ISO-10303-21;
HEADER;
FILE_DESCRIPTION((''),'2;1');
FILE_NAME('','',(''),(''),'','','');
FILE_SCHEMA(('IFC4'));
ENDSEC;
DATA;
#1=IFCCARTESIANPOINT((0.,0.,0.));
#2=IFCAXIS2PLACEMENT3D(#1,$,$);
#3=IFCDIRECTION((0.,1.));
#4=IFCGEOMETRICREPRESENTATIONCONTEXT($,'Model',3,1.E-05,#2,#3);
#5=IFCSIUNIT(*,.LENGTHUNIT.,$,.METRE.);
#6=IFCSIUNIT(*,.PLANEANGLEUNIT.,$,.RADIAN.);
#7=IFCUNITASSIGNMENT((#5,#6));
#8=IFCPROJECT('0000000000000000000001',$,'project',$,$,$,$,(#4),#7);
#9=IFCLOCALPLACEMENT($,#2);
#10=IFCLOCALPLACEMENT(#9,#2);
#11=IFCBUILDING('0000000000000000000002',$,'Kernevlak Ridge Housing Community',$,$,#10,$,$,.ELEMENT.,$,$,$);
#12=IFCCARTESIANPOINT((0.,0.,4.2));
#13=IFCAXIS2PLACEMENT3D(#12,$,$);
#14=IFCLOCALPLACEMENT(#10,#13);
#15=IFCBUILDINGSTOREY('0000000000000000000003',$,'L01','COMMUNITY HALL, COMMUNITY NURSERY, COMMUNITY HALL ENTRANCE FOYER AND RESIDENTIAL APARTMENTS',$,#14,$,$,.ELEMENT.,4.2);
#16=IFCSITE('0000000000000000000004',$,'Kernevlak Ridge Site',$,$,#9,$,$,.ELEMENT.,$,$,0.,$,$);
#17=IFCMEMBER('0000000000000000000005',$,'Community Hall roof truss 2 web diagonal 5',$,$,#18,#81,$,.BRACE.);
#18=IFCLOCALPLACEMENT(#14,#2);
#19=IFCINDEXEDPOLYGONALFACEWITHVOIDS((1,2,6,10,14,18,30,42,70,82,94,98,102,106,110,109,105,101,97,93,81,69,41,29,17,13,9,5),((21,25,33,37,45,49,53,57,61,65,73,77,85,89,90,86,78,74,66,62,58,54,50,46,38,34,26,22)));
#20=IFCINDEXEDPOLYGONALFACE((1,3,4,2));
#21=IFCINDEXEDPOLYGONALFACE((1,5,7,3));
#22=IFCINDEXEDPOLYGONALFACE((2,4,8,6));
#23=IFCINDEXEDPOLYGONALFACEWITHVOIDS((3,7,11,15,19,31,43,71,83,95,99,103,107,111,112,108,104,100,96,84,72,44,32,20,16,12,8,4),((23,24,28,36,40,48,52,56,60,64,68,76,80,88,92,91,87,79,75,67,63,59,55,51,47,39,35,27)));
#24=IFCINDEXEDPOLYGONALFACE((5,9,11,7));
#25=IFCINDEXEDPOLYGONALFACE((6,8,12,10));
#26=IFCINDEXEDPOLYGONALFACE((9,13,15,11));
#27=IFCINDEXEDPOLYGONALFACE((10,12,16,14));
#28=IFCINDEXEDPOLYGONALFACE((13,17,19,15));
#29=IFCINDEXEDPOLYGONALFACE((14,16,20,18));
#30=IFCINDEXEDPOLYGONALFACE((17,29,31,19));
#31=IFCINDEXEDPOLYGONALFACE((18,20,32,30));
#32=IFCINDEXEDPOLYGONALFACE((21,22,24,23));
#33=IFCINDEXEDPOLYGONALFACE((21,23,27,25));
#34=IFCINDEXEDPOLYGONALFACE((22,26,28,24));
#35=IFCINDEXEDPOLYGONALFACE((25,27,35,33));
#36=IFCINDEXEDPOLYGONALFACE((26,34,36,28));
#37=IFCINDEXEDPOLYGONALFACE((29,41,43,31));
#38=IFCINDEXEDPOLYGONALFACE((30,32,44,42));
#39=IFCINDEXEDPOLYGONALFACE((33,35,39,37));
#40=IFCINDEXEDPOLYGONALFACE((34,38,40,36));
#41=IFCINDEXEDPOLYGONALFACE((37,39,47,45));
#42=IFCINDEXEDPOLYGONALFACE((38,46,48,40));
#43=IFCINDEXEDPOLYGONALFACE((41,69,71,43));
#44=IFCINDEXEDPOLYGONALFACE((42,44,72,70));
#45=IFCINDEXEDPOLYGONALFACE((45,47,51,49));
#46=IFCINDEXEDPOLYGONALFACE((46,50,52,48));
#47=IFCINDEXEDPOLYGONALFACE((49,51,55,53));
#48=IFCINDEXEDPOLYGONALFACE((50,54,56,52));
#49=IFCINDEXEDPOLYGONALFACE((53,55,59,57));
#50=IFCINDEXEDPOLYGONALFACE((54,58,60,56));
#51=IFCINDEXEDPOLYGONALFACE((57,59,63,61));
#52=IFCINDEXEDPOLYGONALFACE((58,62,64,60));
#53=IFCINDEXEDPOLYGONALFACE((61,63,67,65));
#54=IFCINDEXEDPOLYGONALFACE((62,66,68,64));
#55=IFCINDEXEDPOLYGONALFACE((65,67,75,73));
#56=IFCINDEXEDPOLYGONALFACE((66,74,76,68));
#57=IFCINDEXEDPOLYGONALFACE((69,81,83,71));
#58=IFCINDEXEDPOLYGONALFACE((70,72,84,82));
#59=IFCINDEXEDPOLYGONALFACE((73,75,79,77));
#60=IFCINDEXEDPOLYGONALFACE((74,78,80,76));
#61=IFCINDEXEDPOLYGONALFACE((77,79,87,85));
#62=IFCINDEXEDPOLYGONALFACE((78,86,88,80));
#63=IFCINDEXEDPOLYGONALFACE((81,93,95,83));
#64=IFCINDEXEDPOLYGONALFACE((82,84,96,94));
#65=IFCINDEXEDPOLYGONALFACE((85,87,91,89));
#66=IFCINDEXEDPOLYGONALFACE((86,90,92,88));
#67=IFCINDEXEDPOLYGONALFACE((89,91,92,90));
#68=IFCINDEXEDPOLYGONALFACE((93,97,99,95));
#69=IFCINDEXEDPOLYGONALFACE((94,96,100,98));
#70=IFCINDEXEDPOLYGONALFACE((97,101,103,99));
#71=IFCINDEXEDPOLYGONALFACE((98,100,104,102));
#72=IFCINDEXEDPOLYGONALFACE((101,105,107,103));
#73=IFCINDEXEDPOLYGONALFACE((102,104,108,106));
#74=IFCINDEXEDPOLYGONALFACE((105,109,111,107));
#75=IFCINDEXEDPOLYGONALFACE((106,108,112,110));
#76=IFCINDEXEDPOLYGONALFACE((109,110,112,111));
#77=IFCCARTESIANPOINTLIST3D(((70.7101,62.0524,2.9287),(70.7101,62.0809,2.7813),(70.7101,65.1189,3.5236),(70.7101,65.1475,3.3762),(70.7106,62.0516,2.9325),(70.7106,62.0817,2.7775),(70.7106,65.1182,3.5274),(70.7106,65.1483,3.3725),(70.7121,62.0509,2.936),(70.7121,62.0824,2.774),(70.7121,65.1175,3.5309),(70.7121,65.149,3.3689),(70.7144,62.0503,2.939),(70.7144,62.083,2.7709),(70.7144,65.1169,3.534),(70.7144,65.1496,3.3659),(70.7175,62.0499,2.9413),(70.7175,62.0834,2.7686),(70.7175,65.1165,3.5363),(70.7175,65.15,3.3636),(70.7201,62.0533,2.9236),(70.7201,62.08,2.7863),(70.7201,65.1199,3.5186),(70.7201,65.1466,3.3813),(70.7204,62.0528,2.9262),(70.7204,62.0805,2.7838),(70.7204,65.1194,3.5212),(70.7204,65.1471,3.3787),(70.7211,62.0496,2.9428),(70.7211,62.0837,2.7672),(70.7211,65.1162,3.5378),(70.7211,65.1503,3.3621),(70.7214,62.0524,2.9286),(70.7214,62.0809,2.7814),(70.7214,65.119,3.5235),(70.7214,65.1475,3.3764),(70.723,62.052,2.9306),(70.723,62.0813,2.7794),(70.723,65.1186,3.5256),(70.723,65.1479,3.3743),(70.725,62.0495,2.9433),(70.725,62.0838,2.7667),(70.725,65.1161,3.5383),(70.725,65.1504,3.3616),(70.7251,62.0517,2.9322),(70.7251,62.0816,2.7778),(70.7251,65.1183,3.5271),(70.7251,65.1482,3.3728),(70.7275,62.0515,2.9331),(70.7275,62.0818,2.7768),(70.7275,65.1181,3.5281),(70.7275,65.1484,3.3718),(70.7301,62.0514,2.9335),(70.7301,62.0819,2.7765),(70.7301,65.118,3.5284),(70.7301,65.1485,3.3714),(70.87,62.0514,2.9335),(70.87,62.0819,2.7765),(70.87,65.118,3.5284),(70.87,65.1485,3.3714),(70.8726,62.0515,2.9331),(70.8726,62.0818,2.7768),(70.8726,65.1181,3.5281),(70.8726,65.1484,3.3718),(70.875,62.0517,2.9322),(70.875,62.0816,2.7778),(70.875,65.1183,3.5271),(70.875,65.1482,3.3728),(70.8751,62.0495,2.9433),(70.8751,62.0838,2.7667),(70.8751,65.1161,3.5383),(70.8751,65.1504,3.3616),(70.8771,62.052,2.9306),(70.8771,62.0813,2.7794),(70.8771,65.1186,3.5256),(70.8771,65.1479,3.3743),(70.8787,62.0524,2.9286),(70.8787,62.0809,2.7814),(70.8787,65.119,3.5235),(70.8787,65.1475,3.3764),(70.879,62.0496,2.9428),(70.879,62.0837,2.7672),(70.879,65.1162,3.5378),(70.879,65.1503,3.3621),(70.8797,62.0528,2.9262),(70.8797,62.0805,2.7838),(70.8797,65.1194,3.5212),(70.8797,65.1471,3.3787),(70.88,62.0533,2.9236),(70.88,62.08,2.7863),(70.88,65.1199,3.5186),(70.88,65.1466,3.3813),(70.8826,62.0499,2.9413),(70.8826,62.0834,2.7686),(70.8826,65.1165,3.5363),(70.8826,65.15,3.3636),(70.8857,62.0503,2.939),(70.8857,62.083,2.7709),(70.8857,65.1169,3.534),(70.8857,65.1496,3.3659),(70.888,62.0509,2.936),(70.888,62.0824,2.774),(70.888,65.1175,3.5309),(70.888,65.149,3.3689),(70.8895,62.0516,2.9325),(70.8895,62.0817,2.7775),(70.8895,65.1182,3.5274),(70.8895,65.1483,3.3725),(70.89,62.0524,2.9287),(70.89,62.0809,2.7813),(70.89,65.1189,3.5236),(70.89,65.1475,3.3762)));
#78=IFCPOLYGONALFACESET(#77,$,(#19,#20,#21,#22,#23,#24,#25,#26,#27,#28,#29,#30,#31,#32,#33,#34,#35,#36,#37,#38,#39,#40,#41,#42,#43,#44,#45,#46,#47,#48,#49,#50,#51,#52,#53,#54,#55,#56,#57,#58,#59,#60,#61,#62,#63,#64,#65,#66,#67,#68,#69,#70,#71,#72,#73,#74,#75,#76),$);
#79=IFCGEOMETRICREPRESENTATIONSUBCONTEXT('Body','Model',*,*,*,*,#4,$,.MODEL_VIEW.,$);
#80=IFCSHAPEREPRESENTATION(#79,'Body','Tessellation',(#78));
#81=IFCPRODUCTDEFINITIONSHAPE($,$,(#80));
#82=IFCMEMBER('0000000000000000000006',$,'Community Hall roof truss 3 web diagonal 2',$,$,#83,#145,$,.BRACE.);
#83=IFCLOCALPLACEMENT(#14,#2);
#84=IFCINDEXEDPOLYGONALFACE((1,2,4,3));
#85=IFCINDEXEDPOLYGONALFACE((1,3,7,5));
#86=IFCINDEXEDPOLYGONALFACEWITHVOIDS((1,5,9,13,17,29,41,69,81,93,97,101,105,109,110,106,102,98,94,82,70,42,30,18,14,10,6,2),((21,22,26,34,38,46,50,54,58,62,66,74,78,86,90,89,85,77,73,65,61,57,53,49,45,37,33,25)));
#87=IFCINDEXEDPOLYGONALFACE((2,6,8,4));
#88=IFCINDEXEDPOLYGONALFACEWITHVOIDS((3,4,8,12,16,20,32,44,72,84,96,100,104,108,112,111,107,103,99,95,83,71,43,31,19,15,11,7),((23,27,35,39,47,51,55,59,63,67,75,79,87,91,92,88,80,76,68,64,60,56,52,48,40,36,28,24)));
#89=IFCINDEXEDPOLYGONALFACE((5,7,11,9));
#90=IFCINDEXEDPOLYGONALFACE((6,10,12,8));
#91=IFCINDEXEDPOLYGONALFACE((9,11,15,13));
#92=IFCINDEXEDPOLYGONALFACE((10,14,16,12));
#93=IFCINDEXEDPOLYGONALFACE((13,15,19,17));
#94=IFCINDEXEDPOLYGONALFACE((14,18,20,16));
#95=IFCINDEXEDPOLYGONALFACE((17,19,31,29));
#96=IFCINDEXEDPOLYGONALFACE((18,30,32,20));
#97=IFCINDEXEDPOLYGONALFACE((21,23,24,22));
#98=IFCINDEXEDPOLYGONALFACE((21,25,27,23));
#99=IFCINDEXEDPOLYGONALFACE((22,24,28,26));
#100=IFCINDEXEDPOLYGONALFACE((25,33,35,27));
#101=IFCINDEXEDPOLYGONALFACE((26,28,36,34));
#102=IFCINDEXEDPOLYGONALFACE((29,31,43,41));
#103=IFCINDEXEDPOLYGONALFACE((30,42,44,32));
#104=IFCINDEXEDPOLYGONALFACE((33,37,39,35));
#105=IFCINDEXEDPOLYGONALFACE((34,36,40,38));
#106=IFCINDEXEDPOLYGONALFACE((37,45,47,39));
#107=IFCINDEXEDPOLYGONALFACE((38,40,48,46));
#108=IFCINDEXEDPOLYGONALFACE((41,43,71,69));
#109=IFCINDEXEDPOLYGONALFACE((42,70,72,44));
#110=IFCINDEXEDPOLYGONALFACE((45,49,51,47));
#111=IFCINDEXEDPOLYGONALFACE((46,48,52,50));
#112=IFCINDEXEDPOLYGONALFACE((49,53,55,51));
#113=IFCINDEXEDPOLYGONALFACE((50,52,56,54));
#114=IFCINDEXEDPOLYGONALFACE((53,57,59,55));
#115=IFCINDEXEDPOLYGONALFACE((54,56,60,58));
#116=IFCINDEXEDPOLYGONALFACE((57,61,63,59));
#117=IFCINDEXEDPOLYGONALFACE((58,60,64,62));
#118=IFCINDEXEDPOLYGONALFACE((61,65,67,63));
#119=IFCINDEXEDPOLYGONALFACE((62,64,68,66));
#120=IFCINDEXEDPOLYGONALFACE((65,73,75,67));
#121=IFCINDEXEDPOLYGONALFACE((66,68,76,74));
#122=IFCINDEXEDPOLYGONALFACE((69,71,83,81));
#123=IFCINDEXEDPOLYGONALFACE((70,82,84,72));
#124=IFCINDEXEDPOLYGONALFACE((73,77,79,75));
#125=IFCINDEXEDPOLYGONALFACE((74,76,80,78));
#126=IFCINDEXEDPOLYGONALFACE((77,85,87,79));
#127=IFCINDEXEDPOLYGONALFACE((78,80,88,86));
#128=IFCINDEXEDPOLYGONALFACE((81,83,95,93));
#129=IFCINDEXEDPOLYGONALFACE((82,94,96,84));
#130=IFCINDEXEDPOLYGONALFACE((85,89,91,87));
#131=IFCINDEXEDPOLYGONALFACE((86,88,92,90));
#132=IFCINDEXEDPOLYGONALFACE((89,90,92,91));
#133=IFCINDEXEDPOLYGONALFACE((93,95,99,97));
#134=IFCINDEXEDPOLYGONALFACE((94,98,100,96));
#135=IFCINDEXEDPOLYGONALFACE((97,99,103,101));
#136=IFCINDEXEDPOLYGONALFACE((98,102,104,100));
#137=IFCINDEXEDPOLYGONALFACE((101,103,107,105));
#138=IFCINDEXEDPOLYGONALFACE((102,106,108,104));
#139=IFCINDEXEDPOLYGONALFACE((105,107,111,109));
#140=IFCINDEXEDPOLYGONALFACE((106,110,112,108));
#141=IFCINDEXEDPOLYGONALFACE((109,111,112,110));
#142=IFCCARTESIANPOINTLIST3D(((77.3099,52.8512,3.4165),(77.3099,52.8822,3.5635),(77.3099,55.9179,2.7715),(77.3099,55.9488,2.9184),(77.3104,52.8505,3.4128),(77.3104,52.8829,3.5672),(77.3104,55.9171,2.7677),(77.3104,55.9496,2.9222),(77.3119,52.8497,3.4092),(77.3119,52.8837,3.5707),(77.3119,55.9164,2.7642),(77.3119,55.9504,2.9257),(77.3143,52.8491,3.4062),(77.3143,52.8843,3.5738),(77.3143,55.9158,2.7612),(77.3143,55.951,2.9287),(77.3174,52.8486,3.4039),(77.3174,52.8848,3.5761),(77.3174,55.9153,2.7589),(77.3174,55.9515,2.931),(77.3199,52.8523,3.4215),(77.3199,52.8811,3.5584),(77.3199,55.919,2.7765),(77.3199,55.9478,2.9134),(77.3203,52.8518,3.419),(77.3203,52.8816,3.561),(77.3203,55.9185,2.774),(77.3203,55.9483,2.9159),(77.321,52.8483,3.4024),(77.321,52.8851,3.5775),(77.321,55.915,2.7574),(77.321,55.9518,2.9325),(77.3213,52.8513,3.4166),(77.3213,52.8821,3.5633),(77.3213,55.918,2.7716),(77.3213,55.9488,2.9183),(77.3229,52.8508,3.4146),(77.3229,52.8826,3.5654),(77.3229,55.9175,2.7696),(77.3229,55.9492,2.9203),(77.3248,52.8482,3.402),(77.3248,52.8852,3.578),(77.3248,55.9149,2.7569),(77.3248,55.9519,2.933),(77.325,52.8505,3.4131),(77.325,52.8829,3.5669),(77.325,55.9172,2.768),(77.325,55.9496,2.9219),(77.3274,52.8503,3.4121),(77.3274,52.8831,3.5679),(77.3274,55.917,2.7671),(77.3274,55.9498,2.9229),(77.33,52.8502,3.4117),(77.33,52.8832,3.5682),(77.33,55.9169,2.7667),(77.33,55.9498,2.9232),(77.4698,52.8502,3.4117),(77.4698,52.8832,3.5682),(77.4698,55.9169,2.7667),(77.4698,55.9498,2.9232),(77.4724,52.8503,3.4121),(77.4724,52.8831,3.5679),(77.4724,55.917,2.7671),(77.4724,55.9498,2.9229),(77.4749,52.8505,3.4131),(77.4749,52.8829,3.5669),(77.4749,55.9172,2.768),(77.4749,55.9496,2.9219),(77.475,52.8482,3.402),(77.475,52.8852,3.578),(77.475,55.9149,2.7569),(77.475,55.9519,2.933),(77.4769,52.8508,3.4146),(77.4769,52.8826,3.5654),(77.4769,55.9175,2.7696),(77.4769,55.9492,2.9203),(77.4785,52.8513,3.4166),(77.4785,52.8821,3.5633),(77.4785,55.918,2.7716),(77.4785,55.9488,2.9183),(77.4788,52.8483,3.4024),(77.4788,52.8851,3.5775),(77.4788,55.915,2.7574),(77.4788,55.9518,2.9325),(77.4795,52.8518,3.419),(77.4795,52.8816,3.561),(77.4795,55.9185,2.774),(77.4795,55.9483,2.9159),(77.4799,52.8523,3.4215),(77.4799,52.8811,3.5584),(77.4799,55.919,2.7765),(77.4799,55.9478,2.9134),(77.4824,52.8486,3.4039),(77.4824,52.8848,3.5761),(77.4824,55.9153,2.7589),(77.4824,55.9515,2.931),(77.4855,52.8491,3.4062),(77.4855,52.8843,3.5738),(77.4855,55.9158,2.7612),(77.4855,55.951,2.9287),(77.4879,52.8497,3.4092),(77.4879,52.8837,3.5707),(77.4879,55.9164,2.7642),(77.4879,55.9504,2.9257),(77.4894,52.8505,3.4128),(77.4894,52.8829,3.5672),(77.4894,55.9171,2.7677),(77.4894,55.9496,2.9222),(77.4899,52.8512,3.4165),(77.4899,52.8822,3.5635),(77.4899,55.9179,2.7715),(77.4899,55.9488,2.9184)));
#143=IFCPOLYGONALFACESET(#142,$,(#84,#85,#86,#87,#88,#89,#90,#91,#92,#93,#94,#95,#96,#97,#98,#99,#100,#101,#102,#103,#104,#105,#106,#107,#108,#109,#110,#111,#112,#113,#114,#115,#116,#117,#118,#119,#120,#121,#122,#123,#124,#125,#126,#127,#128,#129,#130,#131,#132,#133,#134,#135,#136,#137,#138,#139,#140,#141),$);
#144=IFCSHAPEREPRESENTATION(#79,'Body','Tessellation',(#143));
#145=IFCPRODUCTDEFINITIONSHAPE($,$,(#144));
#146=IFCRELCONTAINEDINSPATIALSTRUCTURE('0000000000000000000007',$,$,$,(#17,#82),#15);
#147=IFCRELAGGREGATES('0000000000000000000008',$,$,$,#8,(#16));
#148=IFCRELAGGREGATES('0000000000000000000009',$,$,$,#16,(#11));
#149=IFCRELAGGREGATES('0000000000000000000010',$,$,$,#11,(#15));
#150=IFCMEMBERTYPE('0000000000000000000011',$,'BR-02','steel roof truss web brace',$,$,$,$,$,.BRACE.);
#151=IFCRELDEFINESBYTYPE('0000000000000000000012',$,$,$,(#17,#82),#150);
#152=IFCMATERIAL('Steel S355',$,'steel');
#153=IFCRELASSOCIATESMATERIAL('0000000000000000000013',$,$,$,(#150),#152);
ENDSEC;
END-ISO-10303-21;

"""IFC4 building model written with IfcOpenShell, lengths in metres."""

from ifc_helpers import new_model, si_unit, direction, frame, origin, origin_2d, place, context, subcontext, project, spatial, hollow_rectangle, extrude, material, material_profile, profile_set, type_object, element, save


model = new_model("IFC4")

# Units and contexts
model_context = context("Model", 3, precision=1e-05, world=origin(), true_north=direction((0.0, 1.0)))
body_context = subcontext(model_context, "Body", "Model", "MODEL_VIEW")
ifc_project = project(units=[si_unit("LENGTHUNIT", "METRE"), si_unit("PLANEANGLEUNIT", "RADIAN")], contexts=[model_context])

# Site, building, storey
site_placement = place(None, origin())
site = spatial("IfcSite", under=ifc_project, at=site_placement, Name="Kernevlak Ridge Site", CompositionType="ELEMENT", RefElevation=0.0)
building_placement = place(site_placement, origin())
building = spatial("IfcBuilding", under=site, at=building_placement, Name="Kernevlak Ridge Housing Community", CompositionType="ELEMENT")
storey_placement = place(building_placement, frame((0.0, 0.0, 4.2)))
storey = spatial("IfcBuildingStorey", under=building, at=storey_placement, Name="L01", Description="COMMUNITY HALL, COMMUNITY NURSERY, COMMUNITY HALL ENTRANCE FOYER AND RESIDENTIAL APARTMENTS", CompositionType="ELEMENT", Elevation=4.2)

# Members
ifc_material = material(Name="Steel S355", Category="steel")
ifc_material_profile_1 = material_profile(ifc_material, hollow_rectangle(XDim=0.1799, YDim=0.1799, WallThickness=0.01, InnerFilletRadius=0.01, OuterFilletRadius=0.0149, at=origin_2d()), Name="SHS 180x180x10")
ifc_profile_set_1 = profile_set([ifc_material_profile_1], Name="Steel S355")
member_type_1 = type_object("IfcMemberType", Name="BR-02", Description="steel roof truss web brace", PredefinedType="BRACE", material=ifc_profile_set_1)
member_1_placement = place(storey_placement, frame((70.8, 62.0667, 2.855), z_axis=(0.0, 0.981695, 0.190462), x_axis=(-1.0, 0.0, 0.0)))
element("IfcMember", 1, at=member_1_placement, inside=storey, type_object=member_type_1, Name="Community Hall roof truss 2 web diagonal 5", PredefinedType="BRACE", context=body_context, shape_type="SweptSolid", body=[
    extrude(hollow_rectangle(XDim=0.1799, YDim=0.1799, WallThickness=0.01, InnerFilletRadius=0.01, OuterFilletRadius=0.0149, at=origin_2d()), origin(), (0.0, 0.0, 1.0), 3.1238),
])
member_2_placement = place(storey_placement, frame((77.3999, 52.8667, 3.49), z_axis=(0.0, 0.978588, -0.20583), x_axis=(-1.0, 0.0, 0.0)))
element("IfcMember", 2, at=member_2_placement, inside=storey, type_object=member_type_1, Name="Community Hall roof truss 3 web diagonal 2", PredefinedType="BRACE", context=body_context, shape_type="SweptSolid", body=[
    extrude(hollow_rectangle(XDim=0.1799, YDim=0.1799, WallThickness=0.01, InnerFilletRadius=0.01, OuterFilletRadius=0.0149, at=origin_2d()), origin(), (0.0, 0.0, 1.0), 3.1338),
])

save(model, "model.ifc")
